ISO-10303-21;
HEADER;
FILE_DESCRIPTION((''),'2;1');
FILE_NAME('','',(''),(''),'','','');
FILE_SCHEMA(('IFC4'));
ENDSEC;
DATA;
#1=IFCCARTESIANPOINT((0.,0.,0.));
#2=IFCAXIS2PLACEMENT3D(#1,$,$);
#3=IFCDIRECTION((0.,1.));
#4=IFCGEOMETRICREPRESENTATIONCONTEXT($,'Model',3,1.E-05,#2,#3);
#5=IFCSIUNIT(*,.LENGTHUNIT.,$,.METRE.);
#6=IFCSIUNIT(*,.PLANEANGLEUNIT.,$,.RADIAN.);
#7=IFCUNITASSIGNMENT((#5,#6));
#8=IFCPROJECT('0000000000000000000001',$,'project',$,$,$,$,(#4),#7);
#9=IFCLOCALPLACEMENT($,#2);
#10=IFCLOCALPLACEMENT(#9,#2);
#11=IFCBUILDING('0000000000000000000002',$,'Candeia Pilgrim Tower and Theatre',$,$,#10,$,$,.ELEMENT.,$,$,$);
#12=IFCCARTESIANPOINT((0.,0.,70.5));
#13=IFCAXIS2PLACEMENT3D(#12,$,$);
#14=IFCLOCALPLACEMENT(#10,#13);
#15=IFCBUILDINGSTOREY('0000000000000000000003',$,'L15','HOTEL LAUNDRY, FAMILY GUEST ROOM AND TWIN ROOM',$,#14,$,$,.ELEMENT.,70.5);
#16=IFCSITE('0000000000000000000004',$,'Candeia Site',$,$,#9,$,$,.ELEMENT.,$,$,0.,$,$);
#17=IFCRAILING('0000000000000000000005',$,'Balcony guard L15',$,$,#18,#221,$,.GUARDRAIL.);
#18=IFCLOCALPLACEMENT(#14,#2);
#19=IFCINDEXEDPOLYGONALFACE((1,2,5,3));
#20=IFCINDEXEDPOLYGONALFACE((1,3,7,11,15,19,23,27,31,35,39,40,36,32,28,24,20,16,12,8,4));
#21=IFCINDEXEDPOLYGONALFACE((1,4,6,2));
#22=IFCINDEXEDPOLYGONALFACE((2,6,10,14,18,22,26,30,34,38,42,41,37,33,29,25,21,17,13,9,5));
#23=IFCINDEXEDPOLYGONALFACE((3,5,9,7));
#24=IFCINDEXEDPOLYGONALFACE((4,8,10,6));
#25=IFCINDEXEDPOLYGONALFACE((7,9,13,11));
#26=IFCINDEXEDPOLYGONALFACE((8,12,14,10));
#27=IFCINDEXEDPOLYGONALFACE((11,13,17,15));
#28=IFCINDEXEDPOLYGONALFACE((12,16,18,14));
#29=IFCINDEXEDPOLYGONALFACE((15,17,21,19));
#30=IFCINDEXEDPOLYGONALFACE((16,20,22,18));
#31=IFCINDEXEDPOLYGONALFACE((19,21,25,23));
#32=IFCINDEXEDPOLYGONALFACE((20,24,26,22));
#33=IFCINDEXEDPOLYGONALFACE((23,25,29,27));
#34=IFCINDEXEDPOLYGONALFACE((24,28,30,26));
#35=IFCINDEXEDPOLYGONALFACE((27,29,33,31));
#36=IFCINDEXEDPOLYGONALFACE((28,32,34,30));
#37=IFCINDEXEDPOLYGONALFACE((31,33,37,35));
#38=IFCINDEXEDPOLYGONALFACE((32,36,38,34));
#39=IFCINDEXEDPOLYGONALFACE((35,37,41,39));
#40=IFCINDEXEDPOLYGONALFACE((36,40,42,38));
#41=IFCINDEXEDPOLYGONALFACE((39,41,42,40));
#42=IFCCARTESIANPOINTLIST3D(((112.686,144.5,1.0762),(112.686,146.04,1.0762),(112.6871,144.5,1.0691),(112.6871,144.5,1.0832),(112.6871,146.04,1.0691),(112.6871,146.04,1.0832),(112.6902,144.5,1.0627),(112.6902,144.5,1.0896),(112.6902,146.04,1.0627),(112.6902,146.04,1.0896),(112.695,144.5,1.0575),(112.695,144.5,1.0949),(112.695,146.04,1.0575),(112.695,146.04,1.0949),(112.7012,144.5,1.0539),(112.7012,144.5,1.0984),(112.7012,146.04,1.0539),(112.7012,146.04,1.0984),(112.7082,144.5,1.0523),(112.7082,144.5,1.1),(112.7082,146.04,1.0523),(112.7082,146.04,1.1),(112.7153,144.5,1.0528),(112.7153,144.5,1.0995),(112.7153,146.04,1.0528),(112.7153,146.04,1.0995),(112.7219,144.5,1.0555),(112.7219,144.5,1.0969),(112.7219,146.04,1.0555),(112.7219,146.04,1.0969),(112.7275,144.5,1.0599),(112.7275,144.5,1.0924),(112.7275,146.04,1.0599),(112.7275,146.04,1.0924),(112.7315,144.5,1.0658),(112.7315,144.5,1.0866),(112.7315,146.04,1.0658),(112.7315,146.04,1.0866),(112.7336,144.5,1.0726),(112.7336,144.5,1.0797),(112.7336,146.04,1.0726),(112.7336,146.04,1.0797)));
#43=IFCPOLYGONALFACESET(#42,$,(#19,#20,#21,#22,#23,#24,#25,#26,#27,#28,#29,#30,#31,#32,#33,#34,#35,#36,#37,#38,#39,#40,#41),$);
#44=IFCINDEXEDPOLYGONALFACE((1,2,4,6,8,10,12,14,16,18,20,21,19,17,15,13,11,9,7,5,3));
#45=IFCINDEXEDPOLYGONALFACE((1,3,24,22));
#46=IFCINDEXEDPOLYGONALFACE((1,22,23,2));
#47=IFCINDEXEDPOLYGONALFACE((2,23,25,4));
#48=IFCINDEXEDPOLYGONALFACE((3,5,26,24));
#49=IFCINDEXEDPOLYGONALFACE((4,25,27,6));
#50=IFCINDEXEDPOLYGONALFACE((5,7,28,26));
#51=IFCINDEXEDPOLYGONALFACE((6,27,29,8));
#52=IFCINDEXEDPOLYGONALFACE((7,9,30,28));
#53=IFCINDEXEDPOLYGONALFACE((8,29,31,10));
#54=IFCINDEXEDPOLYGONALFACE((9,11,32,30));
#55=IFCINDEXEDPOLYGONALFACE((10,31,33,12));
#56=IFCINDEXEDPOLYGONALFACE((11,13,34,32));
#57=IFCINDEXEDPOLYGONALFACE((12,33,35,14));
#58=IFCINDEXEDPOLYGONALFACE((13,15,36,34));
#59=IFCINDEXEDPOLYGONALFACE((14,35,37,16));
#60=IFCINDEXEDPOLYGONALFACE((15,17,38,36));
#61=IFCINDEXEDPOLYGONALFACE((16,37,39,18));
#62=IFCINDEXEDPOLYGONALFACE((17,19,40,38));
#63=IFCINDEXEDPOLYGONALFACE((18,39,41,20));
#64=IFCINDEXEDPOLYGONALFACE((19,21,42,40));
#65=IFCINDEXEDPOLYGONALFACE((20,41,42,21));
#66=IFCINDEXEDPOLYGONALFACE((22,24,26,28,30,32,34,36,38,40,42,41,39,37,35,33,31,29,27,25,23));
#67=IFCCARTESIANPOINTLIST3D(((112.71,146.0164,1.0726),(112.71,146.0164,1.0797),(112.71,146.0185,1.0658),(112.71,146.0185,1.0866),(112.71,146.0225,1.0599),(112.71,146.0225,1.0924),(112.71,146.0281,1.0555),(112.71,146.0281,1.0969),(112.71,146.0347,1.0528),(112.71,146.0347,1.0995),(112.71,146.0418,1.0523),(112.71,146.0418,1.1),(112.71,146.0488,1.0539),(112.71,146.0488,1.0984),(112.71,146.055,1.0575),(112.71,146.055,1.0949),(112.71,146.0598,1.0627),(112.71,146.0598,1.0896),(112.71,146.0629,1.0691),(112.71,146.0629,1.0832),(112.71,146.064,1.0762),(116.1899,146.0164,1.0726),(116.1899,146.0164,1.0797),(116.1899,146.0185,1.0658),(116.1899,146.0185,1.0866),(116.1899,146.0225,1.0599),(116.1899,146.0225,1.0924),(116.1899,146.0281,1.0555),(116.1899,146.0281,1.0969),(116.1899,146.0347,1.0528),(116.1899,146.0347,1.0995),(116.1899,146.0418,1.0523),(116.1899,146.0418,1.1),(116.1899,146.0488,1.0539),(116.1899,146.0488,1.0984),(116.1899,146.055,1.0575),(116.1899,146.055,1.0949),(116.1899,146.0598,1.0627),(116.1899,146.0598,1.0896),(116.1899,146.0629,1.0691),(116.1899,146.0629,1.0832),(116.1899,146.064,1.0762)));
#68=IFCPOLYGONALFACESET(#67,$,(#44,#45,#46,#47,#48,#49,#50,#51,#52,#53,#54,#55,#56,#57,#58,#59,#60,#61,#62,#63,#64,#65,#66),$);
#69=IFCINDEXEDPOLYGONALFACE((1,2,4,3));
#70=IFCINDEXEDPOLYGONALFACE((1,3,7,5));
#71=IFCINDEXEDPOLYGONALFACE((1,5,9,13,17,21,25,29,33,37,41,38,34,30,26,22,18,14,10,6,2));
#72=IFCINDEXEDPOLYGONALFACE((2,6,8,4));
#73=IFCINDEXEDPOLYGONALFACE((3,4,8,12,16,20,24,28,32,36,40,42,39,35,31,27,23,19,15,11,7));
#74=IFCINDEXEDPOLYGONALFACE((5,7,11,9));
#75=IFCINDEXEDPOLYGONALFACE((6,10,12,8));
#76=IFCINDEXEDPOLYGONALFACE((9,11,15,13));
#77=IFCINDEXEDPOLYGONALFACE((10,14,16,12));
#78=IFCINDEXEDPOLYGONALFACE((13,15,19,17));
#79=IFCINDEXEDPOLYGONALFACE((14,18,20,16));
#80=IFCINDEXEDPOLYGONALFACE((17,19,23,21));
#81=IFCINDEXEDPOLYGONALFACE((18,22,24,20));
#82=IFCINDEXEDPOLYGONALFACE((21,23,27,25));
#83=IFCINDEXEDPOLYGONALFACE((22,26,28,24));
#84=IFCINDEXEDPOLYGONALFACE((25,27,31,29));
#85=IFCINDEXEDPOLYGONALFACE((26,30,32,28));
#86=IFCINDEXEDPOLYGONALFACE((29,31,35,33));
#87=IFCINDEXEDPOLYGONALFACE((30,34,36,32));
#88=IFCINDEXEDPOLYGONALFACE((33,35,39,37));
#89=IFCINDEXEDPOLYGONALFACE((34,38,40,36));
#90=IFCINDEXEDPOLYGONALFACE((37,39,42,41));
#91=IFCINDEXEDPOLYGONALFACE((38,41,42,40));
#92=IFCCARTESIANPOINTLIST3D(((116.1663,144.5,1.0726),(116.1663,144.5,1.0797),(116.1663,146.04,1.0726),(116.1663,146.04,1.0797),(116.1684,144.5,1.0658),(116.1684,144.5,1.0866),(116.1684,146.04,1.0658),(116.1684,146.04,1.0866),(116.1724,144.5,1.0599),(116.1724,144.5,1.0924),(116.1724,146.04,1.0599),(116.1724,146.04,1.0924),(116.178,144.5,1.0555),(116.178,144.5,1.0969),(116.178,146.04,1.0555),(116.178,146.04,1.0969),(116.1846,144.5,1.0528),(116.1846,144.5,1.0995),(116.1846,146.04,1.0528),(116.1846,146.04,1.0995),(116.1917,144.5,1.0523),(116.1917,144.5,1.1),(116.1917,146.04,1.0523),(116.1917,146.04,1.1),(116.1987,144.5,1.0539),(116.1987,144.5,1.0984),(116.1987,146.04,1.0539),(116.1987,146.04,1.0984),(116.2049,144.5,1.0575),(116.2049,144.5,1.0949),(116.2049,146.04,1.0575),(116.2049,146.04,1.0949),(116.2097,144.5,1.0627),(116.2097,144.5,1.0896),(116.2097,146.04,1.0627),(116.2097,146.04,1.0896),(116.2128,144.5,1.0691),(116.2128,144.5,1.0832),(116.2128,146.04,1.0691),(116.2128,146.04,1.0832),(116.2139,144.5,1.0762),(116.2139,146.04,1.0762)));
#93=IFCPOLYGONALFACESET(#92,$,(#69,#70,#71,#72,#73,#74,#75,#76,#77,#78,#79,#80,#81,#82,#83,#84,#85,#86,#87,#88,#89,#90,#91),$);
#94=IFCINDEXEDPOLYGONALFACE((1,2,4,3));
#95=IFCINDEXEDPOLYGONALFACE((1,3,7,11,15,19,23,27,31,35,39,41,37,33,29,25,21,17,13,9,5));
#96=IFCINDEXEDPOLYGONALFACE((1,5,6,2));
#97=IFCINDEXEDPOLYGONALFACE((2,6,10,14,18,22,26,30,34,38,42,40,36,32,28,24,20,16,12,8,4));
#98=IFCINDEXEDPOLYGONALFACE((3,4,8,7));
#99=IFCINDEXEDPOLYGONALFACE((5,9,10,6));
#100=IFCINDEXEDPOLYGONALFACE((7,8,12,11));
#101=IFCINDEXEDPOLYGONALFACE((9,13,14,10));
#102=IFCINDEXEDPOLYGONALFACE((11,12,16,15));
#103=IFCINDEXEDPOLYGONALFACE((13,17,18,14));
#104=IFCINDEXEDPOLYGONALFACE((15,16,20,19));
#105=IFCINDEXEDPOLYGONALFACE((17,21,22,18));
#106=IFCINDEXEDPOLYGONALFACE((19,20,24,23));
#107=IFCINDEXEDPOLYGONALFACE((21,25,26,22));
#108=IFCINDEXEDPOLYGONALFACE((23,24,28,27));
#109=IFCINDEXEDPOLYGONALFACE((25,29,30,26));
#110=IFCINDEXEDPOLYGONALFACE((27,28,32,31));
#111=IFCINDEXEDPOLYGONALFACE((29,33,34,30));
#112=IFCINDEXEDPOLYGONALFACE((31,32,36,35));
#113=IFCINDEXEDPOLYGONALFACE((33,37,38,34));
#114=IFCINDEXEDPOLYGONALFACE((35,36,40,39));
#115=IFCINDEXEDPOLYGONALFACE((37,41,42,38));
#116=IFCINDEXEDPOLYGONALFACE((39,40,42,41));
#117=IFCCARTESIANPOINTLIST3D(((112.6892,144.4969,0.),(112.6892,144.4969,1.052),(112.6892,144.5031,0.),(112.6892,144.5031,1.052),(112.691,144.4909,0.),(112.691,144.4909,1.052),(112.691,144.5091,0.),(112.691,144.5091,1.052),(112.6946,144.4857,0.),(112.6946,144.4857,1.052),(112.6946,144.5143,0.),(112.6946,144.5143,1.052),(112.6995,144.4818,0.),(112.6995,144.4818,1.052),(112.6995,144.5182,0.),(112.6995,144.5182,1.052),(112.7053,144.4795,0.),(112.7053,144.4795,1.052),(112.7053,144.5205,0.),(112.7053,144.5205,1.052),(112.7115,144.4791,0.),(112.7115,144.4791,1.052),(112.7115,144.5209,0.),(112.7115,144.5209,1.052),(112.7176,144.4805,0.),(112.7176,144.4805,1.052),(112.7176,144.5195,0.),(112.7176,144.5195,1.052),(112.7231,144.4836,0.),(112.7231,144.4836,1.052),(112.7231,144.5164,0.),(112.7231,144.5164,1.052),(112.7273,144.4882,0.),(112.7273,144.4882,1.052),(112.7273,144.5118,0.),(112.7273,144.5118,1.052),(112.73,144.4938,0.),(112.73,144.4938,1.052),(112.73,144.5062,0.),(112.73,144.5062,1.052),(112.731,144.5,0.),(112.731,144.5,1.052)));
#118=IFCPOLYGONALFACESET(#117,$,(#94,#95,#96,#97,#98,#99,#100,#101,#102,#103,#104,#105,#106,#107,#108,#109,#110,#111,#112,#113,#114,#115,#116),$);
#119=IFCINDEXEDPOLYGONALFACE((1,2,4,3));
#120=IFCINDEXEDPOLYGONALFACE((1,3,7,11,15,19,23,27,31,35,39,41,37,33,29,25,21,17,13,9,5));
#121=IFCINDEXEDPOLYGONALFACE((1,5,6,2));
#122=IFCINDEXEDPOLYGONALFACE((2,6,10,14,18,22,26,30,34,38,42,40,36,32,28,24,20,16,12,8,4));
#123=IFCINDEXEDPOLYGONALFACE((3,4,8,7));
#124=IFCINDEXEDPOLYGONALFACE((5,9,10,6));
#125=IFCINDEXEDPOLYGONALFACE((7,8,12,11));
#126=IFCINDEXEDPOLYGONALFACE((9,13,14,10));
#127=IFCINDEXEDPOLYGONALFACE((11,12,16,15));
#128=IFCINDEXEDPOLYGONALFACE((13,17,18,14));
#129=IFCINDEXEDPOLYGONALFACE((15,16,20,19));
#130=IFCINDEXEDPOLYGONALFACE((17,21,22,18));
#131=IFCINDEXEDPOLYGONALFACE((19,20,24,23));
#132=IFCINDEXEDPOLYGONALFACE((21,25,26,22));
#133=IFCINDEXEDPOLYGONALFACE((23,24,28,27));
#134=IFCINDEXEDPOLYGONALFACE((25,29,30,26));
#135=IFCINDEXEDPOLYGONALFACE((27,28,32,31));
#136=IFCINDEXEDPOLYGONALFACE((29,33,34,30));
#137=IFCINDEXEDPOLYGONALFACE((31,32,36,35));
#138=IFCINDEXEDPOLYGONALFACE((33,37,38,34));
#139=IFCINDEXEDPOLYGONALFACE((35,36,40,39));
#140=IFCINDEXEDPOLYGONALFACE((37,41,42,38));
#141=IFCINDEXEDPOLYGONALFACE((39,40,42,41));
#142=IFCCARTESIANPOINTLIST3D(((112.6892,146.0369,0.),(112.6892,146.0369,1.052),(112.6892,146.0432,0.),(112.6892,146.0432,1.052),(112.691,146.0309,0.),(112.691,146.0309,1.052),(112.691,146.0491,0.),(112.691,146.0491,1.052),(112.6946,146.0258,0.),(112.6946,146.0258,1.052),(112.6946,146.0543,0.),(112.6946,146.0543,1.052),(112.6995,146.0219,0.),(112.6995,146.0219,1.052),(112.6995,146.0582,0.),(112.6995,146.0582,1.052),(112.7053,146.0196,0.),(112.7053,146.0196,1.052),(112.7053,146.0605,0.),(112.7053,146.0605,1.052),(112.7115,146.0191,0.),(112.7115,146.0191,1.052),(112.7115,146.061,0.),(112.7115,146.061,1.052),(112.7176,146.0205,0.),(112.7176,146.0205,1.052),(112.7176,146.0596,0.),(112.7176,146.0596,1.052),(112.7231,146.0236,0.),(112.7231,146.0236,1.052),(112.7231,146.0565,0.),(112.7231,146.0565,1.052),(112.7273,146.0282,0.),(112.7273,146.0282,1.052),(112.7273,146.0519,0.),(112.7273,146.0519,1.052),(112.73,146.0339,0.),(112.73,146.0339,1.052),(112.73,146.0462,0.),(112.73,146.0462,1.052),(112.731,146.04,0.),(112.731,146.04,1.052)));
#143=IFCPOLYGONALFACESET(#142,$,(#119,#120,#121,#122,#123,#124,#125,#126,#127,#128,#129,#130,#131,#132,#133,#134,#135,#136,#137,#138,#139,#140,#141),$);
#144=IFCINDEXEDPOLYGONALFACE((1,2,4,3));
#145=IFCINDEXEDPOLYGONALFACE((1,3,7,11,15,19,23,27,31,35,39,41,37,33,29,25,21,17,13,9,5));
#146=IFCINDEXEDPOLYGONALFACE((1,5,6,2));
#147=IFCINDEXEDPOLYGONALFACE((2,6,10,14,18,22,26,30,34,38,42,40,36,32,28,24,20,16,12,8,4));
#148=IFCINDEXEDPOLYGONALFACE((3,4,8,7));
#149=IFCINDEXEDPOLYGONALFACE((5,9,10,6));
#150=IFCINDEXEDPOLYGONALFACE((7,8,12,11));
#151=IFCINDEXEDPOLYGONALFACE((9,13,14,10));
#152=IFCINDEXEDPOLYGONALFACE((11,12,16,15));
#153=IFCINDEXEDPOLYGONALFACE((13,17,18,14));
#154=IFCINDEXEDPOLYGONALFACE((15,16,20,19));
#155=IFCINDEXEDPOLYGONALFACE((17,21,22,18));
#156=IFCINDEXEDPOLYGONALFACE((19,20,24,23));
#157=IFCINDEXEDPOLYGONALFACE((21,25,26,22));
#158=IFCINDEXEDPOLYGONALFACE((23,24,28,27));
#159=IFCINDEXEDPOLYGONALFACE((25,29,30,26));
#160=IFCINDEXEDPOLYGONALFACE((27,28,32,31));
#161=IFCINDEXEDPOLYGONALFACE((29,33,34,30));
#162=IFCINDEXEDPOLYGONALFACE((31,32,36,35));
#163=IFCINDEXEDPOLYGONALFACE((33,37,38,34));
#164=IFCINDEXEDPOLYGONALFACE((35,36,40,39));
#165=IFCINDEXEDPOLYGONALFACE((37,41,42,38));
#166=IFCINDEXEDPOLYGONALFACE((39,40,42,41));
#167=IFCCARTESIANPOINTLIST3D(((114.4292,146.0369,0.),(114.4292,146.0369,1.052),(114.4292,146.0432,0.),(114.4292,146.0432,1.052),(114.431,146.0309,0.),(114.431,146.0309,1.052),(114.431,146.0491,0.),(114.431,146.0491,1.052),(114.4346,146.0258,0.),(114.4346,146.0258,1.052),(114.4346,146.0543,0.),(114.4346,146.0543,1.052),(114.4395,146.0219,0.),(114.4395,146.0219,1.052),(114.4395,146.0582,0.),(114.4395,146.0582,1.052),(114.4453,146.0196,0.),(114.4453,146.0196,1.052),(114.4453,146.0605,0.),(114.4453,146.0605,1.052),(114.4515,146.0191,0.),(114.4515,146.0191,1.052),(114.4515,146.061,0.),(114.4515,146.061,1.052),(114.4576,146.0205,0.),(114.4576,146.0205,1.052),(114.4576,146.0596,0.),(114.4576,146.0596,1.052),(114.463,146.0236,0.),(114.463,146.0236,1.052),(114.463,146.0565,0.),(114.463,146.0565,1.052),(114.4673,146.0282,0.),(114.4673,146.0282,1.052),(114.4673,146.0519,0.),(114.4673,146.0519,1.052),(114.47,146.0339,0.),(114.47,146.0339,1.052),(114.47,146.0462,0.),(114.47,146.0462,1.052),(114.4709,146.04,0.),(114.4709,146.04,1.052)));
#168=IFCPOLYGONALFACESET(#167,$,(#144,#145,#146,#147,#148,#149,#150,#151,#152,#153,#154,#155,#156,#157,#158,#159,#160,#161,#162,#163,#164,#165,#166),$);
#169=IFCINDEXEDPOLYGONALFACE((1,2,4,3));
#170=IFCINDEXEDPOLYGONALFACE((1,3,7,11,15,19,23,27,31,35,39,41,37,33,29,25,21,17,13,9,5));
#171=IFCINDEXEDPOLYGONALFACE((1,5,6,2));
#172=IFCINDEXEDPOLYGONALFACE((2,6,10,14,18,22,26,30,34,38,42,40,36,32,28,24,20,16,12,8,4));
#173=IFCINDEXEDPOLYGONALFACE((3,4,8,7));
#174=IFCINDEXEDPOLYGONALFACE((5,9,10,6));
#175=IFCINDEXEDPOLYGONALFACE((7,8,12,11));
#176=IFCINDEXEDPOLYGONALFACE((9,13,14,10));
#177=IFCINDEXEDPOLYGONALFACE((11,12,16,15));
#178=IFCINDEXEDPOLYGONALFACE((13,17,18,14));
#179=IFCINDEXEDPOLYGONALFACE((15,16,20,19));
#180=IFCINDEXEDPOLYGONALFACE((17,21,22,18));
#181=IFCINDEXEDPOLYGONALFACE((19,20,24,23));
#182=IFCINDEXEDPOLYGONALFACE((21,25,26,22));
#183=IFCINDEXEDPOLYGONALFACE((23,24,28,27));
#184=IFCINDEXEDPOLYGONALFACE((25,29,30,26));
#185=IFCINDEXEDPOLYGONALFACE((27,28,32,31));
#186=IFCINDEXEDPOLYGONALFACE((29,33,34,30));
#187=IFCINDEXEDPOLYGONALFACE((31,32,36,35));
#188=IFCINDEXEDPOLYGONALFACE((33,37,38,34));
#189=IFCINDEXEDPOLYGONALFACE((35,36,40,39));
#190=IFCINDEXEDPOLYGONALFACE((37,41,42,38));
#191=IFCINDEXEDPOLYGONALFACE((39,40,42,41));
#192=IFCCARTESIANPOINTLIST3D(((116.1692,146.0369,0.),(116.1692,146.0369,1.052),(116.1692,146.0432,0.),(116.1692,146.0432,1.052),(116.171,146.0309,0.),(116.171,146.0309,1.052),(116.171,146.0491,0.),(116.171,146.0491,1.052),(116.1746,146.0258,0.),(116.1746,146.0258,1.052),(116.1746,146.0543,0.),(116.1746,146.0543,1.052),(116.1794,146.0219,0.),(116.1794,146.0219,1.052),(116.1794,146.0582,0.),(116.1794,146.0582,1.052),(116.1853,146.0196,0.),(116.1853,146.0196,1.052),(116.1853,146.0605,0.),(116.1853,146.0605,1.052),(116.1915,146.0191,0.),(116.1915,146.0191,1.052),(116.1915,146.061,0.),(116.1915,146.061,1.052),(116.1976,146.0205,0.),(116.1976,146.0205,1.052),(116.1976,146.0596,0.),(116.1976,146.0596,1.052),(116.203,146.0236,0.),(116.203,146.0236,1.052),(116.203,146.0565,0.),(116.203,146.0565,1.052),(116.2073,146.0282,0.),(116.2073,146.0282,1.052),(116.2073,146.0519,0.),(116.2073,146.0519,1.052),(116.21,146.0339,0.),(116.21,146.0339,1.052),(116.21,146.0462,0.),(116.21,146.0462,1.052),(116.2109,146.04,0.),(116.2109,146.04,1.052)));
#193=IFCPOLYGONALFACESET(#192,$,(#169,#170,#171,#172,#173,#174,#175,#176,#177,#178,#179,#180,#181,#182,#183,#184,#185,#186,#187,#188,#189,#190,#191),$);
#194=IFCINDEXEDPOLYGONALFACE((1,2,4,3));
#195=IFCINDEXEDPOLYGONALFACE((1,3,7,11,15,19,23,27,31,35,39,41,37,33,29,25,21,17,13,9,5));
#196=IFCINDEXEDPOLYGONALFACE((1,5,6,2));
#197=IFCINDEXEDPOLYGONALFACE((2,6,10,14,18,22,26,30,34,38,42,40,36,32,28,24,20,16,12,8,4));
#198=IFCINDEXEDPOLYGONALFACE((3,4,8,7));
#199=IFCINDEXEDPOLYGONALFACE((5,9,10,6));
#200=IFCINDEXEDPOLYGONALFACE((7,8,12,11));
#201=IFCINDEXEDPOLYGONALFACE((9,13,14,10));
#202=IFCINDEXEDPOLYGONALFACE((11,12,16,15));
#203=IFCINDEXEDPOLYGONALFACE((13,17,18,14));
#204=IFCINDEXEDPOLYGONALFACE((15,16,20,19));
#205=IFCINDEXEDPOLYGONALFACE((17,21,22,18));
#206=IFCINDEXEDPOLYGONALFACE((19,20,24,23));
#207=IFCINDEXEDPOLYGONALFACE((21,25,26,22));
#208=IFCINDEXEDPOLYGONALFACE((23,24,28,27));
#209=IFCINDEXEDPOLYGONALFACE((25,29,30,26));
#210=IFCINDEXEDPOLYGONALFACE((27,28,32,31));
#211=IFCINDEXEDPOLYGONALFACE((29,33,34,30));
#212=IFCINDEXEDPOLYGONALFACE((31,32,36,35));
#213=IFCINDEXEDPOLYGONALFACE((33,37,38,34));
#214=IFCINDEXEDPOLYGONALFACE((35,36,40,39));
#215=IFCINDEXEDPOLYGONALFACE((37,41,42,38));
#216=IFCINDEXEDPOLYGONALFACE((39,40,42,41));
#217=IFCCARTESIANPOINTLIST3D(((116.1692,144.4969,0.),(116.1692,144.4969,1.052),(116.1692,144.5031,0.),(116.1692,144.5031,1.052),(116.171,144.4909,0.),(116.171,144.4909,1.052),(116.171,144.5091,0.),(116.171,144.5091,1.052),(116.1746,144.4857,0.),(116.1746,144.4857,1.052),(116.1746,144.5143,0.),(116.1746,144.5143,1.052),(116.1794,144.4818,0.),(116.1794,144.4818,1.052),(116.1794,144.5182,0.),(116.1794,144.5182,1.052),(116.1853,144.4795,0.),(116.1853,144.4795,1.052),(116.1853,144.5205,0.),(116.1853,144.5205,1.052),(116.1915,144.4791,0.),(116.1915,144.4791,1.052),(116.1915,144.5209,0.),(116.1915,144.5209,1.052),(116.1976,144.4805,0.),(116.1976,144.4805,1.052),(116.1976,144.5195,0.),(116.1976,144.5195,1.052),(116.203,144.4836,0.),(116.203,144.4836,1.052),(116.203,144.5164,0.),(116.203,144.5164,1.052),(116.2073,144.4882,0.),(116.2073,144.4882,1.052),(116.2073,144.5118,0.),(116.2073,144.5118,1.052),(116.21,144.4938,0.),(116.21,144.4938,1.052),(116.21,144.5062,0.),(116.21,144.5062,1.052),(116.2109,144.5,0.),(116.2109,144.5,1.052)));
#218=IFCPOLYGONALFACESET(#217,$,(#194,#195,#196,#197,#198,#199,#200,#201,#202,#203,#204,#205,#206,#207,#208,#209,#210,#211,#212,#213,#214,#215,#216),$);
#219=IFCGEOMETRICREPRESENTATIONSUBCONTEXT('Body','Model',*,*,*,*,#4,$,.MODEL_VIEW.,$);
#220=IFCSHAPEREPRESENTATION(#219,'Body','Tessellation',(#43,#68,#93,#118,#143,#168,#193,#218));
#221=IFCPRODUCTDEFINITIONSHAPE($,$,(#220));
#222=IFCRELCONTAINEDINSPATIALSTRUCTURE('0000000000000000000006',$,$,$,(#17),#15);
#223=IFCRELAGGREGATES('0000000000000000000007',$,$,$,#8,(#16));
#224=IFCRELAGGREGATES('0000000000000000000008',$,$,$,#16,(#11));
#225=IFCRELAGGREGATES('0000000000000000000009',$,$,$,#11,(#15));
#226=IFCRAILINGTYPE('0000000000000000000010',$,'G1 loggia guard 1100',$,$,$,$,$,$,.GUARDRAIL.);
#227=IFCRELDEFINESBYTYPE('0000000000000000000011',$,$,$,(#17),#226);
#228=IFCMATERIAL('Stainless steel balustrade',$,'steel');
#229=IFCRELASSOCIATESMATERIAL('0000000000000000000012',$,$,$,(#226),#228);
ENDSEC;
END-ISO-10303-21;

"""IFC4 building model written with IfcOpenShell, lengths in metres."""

from ifc_helpers import new_model, si_unit, direction, frame, origin, origin_2d, place, context, subcontext, project, spatial, circle, extrude, material, type_object, element, save


model = new_model("IFC4")

# Units and contexts
model_context = context("Model", 3, precision=1e-05, world=origin(), true_north=direction((0.0, 1.0)))
body_context = subcontext(model_context, "Body", "Model", "MODEL_VIEW")
ifc_project = project(units=[si_unit("LENGTHUNIT", "METRE"), si_unit("PLANEANGLEUNIT", "RADIAN")], contexts=[model_context])

# Site, building, storey
site_placement = place(None, origin())
site = spatial("IfcSite", under=ifc_project, at=site_placement, Name="Candeia Site", CompositionType="ELEMENT", RefElevation=0.0)
building_placement = place(site_placement, origin())
building = spatial("IfcBuilding", under=site, at=building_placement, Name="Candeia Pilgrim Tower and Theatre", CompositionType="ELEMENT")
storey_placement = place(building_placement, frame((0.0, 0.0, 70.5)))
storey = spatial("IfcBuildingStorey", under=building, at=storey_placement, Name="L15", Description="HOTEL LAUNDRY, FAMILY GUEST ROOM AND TWIN ROOM", CompositionType="ELEMENT", Elevation=70.5)

# Railing
ifc_material_1 = material(Name="Stainless steel balustrade", Category="steel")
railing_type = type_object("IfcRailingType", Name="G1 loggia guard 1100", PredefinedType="GUARDRAIL", material=ifc_material_1)
railing_placement = place(storey_placement, frame((112.71, 144.5, 0.0)))
element("IfcRailing", 1, at=railing_placement, inside=storey, type_object=railing_type, Name="Balcony guard L15", PredefinedType="GUARDRAIL", context=body_context, shape_type="SweptSolid", body=[
    extrude(circle(Radius=0.0239, at=origin_2d()), frame((0.0, 0.0, 1.0762), z_axis=(0.0, 1.0, 0.0), x_axis=(-1.0, 0.0, 0.0)), (0.0, 0.0, 1.0), 1.54),
    extrude(circle(Radius=0.0239, at=origin_2d()), frame((0.0, 1.54, 1.0762), z_axis=(1.0, 0.0, 0.0), x_axis=(0.0, 1.0, 0.0)), (0.0, 0.0, 1.0), 3.48),
    extrude(circle(Radius=0.0239, at=origin_2d()), frame((3.48, 1.54, 1.0762), z_axis=(0.0, -1.0, 0.0), x_axis=(1.0, 0.0, 0.0)), (0.0, 0.0, 1.0), 1.54),
    extrude(circle(Radius=0.021, at=origin_2d()), origin(), (0.0, 0.0, 1.0), 1.052),
    extrude(circle(Radius=0.021, at=origin_2d()), frame((0.0, 1.54, 0.0)), (0.0, 0.0, 1.0), 1.052),
    extrude(circle(Radius=0.021, at=origin_2d()), frame((1.74, 1.54, 0.0)), (0.0, 0.0, 1.0), 1.052),
    extrude(circle(Radius=0.021, at=origin_2d()), frame((3.48, 1.54, 0.0)), (0.0, 0.0, 1.0), 1.052),
    extrude(circle(Radius=0.021, at=origin_2d()), frame((3.48, 0.0, 0.0)), (0.0, 0.0, 1.0), 1.052),
])

save(model, "model.ifc")
